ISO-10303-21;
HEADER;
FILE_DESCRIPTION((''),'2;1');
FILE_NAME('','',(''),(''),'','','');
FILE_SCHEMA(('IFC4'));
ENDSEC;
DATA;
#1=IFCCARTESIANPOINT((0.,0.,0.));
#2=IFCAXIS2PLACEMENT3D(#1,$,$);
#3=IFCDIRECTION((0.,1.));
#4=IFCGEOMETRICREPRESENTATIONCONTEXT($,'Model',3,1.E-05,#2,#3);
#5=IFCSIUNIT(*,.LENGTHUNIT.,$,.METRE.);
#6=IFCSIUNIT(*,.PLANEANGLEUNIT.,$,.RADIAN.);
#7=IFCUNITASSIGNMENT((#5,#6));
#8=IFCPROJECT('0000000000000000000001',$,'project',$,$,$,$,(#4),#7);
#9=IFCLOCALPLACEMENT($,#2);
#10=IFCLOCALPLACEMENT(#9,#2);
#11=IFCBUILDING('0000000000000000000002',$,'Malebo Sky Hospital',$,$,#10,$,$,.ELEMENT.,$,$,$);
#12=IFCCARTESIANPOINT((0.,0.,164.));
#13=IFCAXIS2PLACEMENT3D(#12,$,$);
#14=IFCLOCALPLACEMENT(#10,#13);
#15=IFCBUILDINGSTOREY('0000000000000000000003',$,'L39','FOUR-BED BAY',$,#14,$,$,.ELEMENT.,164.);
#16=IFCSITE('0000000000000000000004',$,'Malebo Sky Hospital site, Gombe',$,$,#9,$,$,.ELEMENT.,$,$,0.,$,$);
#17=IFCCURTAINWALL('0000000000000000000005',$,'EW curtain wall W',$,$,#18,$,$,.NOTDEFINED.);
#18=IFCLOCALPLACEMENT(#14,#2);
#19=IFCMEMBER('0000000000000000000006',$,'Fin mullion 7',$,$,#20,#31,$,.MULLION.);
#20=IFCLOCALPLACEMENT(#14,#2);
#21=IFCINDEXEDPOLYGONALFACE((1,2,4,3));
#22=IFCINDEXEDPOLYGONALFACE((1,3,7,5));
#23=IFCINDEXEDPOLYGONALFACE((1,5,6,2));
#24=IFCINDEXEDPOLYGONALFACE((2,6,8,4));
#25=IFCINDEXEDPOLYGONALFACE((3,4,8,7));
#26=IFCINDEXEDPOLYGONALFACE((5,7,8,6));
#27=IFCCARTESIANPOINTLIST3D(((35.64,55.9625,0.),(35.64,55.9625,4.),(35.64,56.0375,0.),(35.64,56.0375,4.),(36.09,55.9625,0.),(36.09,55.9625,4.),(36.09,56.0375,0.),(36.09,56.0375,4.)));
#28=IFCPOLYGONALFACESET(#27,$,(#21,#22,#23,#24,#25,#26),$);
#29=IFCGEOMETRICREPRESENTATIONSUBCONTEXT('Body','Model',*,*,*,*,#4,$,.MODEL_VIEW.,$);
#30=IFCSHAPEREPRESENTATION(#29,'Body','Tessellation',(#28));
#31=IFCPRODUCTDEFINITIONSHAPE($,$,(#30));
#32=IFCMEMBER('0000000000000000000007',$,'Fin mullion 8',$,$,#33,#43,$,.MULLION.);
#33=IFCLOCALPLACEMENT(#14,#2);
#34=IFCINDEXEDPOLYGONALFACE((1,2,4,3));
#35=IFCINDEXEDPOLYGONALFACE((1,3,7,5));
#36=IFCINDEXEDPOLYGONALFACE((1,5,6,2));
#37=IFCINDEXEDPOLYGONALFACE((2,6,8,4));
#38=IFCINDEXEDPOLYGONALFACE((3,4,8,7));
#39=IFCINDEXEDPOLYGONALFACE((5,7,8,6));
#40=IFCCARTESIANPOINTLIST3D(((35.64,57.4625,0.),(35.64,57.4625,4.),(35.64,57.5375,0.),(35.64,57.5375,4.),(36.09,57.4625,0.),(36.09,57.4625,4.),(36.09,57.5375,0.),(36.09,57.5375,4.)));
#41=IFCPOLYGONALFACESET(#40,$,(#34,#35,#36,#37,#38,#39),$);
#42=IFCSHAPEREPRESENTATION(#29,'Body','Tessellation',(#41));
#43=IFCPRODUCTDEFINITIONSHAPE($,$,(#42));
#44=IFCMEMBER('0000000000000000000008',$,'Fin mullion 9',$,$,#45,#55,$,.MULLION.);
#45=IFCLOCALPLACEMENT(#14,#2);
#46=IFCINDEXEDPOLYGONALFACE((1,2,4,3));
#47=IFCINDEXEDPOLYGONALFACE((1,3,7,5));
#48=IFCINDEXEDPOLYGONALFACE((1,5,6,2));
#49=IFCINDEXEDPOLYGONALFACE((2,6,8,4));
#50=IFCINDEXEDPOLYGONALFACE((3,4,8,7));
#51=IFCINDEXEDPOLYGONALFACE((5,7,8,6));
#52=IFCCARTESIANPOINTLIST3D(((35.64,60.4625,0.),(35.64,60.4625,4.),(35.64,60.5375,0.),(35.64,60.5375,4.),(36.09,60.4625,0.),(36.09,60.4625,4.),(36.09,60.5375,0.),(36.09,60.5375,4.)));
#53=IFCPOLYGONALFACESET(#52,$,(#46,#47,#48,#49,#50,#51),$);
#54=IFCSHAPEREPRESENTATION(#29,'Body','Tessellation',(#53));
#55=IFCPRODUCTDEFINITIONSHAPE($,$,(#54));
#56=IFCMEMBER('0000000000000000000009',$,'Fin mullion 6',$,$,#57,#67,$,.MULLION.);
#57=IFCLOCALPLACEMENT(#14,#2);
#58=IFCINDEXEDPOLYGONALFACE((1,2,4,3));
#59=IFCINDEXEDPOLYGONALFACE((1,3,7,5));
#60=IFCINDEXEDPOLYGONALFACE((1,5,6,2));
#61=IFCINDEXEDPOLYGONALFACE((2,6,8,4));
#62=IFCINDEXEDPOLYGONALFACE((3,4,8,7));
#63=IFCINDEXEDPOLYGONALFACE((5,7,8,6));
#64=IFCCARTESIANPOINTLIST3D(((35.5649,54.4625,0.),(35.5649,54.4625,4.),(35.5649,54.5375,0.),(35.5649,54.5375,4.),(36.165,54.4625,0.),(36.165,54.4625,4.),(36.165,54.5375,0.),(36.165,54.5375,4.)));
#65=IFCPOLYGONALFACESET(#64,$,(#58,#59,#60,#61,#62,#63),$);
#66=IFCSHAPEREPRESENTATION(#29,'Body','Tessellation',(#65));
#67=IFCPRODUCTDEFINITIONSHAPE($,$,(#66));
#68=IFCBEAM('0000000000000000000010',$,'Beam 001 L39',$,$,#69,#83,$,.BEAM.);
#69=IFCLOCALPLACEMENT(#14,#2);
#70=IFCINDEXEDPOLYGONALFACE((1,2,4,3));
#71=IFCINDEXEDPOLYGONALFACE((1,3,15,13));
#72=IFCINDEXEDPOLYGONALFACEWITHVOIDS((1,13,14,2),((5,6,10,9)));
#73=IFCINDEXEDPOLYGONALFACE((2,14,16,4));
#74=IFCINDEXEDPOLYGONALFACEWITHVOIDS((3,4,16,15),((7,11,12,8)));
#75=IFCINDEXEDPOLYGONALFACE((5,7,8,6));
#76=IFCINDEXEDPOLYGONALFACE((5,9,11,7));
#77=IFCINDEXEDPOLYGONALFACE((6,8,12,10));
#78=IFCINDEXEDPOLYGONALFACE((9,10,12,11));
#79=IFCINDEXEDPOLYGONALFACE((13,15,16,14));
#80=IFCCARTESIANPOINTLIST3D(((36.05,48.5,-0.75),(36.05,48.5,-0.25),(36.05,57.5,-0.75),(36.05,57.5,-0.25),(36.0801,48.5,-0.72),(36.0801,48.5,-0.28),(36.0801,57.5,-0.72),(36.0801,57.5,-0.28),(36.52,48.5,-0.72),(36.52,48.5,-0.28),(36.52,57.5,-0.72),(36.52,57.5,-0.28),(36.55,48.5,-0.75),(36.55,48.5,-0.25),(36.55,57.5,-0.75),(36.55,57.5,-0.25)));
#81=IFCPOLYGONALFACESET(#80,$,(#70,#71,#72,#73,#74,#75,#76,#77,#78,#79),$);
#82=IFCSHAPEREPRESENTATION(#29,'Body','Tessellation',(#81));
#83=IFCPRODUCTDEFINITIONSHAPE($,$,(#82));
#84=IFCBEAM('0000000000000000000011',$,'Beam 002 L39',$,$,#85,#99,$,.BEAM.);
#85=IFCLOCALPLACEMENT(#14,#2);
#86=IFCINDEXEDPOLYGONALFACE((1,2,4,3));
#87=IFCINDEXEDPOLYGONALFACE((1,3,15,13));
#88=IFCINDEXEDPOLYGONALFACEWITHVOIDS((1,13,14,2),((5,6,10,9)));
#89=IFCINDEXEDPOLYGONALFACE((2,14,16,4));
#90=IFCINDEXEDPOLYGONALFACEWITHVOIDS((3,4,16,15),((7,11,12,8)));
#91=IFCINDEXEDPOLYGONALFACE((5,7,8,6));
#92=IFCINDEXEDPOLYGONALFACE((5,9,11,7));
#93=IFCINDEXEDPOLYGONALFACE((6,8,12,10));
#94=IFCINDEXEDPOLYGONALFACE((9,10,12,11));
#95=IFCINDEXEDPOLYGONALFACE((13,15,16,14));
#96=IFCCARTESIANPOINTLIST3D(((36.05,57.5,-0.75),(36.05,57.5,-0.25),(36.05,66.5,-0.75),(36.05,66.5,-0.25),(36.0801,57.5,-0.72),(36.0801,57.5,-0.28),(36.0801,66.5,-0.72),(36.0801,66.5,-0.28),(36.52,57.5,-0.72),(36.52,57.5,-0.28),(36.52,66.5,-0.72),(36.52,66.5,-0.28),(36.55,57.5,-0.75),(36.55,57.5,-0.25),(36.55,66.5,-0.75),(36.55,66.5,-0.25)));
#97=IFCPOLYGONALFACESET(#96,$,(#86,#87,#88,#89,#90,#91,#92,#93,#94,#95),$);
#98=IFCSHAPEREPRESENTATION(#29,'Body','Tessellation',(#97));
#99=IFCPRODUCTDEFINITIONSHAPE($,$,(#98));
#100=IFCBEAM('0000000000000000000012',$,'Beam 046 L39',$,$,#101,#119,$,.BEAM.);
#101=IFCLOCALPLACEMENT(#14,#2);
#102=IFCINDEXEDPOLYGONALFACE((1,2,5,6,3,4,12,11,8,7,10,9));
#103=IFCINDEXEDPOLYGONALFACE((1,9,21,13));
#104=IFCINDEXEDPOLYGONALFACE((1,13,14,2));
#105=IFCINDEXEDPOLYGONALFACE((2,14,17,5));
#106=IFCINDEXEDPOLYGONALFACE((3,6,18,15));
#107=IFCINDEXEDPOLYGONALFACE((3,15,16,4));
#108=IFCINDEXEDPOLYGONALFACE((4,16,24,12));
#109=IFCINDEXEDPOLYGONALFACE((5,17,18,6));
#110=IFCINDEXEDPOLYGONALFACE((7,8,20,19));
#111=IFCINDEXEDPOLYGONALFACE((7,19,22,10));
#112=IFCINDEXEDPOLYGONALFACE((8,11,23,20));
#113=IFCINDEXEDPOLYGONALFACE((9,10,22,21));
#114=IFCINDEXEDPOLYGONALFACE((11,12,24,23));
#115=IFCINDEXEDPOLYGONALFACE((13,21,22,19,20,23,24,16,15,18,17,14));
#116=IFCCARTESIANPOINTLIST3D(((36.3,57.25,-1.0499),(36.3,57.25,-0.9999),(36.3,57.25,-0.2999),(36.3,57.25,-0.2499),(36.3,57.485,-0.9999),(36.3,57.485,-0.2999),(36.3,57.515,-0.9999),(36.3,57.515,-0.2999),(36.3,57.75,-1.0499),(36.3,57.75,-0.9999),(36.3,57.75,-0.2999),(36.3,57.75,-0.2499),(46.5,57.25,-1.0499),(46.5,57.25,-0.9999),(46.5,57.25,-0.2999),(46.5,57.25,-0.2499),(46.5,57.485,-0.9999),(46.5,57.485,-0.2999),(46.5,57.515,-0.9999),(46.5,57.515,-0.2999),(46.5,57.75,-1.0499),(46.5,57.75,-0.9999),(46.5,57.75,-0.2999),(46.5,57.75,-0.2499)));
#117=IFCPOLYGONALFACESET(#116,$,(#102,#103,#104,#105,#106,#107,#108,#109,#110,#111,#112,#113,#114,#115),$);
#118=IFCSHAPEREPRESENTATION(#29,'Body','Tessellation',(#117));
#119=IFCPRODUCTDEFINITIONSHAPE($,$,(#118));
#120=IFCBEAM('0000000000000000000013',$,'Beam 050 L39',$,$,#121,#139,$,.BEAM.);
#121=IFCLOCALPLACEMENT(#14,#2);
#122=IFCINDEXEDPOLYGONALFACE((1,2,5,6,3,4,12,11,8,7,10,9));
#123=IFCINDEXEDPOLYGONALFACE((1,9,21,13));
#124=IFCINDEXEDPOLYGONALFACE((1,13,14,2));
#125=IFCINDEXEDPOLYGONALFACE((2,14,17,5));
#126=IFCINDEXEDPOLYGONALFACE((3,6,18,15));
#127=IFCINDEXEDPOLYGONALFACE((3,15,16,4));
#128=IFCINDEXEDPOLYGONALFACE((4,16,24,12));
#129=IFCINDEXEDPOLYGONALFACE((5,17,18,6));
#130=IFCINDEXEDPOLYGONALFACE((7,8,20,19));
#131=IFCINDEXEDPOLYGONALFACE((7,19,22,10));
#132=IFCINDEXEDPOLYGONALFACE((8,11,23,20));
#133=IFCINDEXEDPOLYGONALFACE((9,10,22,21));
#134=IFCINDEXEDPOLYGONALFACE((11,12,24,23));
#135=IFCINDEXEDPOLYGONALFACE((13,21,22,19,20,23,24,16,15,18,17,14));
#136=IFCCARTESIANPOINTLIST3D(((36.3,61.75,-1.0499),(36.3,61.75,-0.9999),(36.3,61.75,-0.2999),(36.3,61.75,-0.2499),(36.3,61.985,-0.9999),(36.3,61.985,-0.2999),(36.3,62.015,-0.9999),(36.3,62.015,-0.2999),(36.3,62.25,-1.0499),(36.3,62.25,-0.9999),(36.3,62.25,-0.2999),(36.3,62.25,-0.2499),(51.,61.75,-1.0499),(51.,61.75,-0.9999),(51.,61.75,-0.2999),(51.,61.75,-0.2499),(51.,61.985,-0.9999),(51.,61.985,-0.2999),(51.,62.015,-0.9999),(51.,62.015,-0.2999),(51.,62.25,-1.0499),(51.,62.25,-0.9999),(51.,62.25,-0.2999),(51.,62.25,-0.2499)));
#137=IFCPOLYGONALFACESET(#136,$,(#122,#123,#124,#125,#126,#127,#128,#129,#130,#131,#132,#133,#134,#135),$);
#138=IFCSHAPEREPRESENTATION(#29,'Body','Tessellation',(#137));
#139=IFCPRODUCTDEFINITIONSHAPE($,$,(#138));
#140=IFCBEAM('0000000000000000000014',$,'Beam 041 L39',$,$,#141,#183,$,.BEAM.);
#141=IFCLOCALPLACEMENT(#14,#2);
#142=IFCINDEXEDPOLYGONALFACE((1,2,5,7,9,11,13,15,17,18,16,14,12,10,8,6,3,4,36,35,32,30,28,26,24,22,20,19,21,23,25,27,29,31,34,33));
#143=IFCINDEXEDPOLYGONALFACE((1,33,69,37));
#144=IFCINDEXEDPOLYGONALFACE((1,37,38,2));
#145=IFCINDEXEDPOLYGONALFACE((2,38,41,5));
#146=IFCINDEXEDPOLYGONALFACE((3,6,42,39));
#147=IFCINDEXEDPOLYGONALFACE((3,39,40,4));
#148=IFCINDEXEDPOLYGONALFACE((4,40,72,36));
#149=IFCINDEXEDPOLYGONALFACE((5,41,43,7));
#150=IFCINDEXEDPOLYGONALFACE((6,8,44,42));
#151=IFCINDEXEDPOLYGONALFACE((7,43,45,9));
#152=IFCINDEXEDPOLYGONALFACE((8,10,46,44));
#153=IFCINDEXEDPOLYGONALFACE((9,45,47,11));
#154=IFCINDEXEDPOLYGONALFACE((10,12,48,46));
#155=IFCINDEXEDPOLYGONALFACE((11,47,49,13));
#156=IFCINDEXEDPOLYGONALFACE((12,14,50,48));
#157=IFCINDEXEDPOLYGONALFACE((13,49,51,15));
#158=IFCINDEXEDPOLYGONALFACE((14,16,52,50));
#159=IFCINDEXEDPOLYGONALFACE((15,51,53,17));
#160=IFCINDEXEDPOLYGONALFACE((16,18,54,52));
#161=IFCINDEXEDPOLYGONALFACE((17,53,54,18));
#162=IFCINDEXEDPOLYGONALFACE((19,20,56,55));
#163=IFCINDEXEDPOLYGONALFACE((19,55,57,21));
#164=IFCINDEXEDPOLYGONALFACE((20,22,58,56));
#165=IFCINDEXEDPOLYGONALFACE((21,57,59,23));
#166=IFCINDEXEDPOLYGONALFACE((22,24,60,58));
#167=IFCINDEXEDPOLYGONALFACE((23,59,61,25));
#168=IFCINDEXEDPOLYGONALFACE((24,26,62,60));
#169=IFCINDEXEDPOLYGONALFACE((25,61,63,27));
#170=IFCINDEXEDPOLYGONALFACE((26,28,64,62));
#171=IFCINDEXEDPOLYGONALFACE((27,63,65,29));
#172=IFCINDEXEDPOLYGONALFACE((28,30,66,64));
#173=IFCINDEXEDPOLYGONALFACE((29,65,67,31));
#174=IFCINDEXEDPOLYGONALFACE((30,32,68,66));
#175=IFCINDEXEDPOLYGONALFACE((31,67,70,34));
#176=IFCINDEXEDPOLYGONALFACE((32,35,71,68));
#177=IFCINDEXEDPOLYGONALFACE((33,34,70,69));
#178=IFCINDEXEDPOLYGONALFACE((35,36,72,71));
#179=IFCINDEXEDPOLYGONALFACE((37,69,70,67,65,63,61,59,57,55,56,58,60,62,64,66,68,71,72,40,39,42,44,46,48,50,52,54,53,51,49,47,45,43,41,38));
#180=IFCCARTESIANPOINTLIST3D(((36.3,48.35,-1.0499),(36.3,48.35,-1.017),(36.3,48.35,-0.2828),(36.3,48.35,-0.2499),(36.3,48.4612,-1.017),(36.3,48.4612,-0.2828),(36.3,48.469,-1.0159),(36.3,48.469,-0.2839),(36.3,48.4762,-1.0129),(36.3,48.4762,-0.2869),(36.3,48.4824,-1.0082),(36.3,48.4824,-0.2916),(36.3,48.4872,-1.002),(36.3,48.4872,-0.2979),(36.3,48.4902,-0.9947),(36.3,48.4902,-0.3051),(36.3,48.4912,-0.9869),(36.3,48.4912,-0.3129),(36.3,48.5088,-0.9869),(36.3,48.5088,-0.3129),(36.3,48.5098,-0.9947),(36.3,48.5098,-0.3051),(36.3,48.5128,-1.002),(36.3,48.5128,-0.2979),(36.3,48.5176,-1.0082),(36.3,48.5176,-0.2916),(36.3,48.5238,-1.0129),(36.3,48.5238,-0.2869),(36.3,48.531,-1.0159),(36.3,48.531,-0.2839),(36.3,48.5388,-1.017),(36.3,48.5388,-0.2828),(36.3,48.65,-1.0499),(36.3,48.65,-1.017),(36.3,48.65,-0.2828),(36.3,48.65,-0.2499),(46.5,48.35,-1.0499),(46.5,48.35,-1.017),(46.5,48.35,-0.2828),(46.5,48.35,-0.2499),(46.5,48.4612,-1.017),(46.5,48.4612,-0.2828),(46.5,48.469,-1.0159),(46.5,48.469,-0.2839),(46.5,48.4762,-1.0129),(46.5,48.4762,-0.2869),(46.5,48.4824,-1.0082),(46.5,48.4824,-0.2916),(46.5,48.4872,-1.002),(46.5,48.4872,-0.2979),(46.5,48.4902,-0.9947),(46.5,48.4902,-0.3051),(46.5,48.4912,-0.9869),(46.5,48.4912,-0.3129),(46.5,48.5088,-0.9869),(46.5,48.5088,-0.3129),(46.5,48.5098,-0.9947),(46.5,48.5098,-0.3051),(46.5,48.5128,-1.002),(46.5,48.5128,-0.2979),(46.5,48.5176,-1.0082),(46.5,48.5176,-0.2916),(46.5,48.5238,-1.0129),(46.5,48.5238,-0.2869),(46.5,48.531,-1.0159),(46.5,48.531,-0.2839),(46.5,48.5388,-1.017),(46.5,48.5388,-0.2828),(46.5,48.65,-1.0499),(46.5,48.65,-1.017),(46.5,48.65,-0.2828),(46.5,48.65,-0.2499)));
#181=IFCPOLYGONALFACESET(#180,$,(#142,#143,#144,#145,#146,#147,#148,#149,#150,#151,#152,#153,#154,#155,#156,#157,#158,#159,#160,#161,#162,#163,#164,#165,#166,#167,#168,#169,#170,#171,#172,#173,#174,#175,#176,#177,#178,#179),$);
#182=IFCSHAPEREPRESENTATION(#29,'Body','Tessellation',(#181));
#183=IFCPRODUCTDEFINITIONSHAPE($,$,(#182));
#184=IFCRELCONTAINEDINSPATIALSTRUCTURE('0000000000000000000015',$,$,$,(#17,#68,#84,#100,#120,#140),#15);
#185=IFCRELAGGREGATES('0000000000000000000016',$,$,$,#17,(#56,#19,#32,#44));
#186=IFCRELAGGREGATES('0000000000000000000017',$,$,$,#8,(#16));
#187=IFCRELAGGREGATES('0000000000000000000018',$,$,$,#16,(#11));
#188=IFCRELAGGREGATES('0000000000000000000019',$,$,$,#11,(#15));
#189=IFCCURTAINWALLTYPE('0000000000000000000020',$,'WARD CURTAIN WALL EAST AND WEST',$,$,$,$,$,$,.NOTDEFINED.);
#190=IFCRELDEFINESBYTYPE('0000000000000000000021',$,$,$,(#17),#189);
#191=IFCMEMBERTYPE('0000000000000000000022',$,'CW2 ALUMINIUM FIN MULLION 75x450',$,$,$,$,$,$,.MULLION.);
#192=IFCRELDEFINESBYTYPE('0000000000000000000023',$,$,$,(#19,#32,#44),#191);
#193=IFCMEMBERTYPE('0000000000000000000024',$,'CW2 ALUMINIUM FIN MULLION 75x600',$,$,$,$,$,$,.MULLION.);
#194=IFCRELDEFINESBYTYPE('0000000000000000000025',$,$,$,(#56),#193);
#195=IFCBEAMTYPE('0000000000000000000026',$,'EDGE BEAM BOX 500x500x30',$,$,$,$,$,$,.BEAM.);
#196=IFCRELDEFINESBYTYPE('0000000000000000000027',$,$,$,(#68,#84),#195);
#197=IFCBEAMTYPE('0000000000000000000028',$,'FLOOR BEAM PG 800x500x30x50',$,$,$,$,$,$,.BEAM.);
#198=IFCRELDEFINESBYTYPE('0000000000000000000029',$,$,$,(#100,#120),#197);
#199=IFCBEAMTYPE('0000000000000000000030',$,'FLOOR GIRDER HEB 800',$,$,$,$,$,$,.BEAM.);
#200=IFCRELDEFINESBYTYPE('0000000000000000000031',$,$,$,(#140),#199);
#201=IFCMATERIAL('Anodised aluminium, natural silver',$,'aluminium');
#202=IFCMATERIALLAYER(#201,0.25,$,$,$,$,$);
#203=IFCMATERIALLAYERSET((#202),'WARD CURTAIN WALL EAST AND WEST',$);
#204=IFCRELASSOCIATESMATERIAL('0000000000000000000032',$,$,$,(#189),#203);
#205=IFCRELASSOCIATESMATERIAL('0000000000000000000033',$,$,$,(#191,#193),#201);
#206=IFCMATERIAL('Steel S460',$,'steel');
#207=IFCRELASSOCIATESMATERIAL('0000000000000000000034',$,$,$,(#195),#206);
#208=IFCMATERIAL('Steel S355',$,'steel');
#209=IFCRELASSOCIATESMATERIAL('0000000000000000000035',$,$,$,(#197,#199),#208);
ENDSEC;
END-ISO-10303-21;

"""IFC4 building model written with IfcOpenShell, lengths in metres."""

from ifc_helpers import new_model, si_unit, direction, frame, origin, origin_2d, place, context, subcontext, project, spatial, rectangle, hollow_rectangle, i_section, extrude, material, layer, layer_set, material_profile, profile_set, type_object, element, aggregate, save


model = new_model("IFC4")

# Units and contexts
model_context = context("Model", 3, precision=1e-05, world=origin(), true_north=direction((0.0, 1.0)))
body_context = subcontext(model_context, "Body", "Model", "MODEL_VIEW")
ifc_project = project(units=[si_unit("LENGTHUNIT", "METRE"), si_unit("PLANEANGLEUNIT", "RADIAN")], contexts=[model_context])

# Site, building, storey
site_placement = place(None, origin())
site = spatial("IfcSite", under=ifc_project, at=site_placement, Name="Malebo Sky Hospital site, Gombe", CompositionType="ELEMENT", RefElevation=0.0)
building_placement = place(site_placement, origin())
building = spatial("IfcBuilding", under=site, at=building_placement, Name="Malebo Sky Hospital", CompositionType="ELEMENT")
storey_placement = place(building_placement, frame((0.0, 0.0, 164.0)))
storey = spatial("IfcBuildingStorey", under=building, at=storey_placement, Name="L39", Description="FOUR-BED BAY", CompositionType="ELEMENT", Elevation=164.0)

# Shared definitions
ifc_material_1 = material(Name="Steel S460", Category="steel")

# Curtain wall
ifc_material_2 = material(Name="Anodised aluminium, natural silver", Category="aluminium")
ifc_layer_1 = layer(ifc_material_2, 0.25)
ifc_layer_set_1 = layer_set([ifc_layer_1], Name="WARD CURTAIN WALL EAST AND WEST")
curtain_wall_type = type_object("IfcCurtainWallType", Name="WARD CURTAIN WALL EAST AND WEST", PredefinedType="NOTDEFINED", material=ifc_layer_set_1)
curtain_wall_placement = place(storey_placement, origin())
curtain_wall = element("IfcCurtainWall", 1, at=curtain_wall_placement, inside=storey, type_object=curtain_wall_type, Name="EW curtain wall W", PredefinedType="NOTDEFINED")

# Members
ifc_material_3 = material(Name="Steel S355", Category="steel")
ifc_material_profile_1 = material_profile(ifc_material_2, rectangle(XDim=0.075, YDim=0.45, at=origin_2d()), Name="CW2 ALUMINIUM FIN MULLION 75x450")
ifc_profile_set_1 = profile_set([ifc_material_profile_1], Name="Anodised aluminium, natural silver")
member_type_1 = type_object("IfcMemberType", Name="CW2 ALUMINIUM FIN MULLION 75x450", PredefinedType="MULLION", material=ifc_profile_set_1)
member_1_placement = place(storey_placement, frame((35.865, 56.0, 0.0), z_axis=(0.0, 0.0, 1.0), x_axis=(0.0, 1.0, 0.0)))
member_1 = element("IfcMember", 2, at=member_1_placement, type_object=member_type_1, Name="Fin mullion 7", PredefinedType="MULLION", context=body_context, shape_type="SweptSolid", body=[
    extrude(rectangle(XDim=0.075, YDim=0.45, at=origin_2d()), origin(), (0.0, 0.0, 1.0), 4.0),
])
member_2_placement = place(storey_placement, frame((35.865, 57.5, 0.0), z_axis=(0.0, 0.0, 1.0), x_axis=(0.0, 1.0, 0.0)))
member_2 = element("IfcMember", 3, at=member_2_placement, type_object=member_type_1, Name="Fin mullion 8", PredefinedType="MULLION", context=body_context, shape_type="SweptSolid", body=[
    extrude(rectangle(XDim=0.075, YDim=0.45, at=origin_2d()), origin(), (0.0, 0.0, 1.0), 4.0),
])
member_3_placement = place(storey_placement, frame((35.865, 60.5, 0.0), z_axis=(0.0, 0.0, 1.0), x_axis=(0.0, 1.0, 0.0)))
member_3 = element("IfcMember", 4, at=member_3_placement, type_object=member_type_1, Name="Fin mullion 9", PredefinedType="MULLION", context=body_context, shape_type="SweptSolid", body=[
    extrude(rectangle(XDim=0.075, YDim=0.45, at=origin_2d()), origin(), (0.0, 0.0, 1.0), 4.0),
])
ifc_material_profile_2 = material_profile(ifc_material_2, rectangle(XDim=0.075, YDim=0.6001, at=origin_2d()), Name="CW2 ALUMINIUM FIN MULLION 75x600")
ifc_profile_set_2 = profile_set([ifc_material_profile_2], Name="Anodised aluminium, natural silver")
member_type_2 = type_object("IfcMemberType", Name="CW2 ALUMINIUM FIN MULLION 75x600", PredefinedType="MULLION", material=ifc_profile_set_2)
member_4_placement = place(storey_placement, frame((35.865, 54.5, 0.0), z_axis=(0.0, 0.0, 1.0), x_axis=(0.0, 1.0, 0.0)))
member_4 = element("IfcMember", 5, at=member_4_placement, type_object=member_type_2, Name="Fin mullion 6", PredefinedType="MULLION", context=body_context, shape_type="SweptSolid", body=[
    extrude(rectangle(XDim=0.075, YDim=0.6001, at=origin_2d()), origin(), (0.0, 0.0, 1.0), 4.0),
])

# Beams
ifc_material_profile_3 = material_profile(ifc_material_1, hollow_rectangle(XDim=0.5, YDim=0.5, WallThickness=0.03, at=origin_2d()), Name="BOX 500x500x30")
ifc_profile_set_3 = profile_set([ifc_material_profile_3], Name="Steel S460")
beam_type_1 = type_object("IfcBeamType", Name="EDGE BEAM BOX 500x500x30", PredefinedType="BEAM", material=ifc_profile_set_3)
for number, where, z_axis, x_axis, name in (
    (6, (36.3, 48.5, -0.5), (0.0, 1.0, 0.0), (-1.0, 0.0, 0.0), "Beam 001 L39"),
    (7, (36.3, 57.5, -0.5), (0.0, 1.0, 0.0), (-1.0, 0.0, 0.0), "Beam 002 L39"),
):
    element("IfcBeam", number, at=place(storey_placement, frame(where, z_axis=z_axis, x_axis=x_axis)), inside=storey, type_object=beam_type_1, Name=name, PredefinedType="BEAM", context=body_context, shape_type="SweptSolid", body=[
        extrude(hollow_rectangle(XDim=0.5, YDim=0.5, WallThickness=0.03, at=origin_2d()), origin(), (0.0, 0.0, 1.0), 9.0),
    ])
ifc_material_profile_4 = material_profile(ifc_material_3, i_section(OverallWidth=0.5, OverallDepth=0.8, WebThickness=0.03, FlangeThickness=0.05, at=origin_2d()), Name="PG 800x500x30x50")
ifc_profile_set_4 = profile_set([ifc_material_profile_4], Name="Steel S355")
beam_type_2 = type_object("IfcBeamType", Name="FLOOR BEAM PG 800x500x30x50", PredefinedType="BEAM", material=ifc_profile_set_4)
beam_1_placement = place(storey_placement, frame((36.3, 57.5, -0.6499), z_axis=(1.0, 0.0, 0.0), x_axis=(0.0, 1.0, 0.0)))
element("IfcBeam", 8, at=beam_1_placement, inside=storey, type_object=beam_type_2, Name="Beam 046 L39", PredefinedType="BEAM", context=body_context, shape_type="SweptSolid", body=[
    extrude(i_section(OverallWidth=0.5, OverallDepth=0.8, WebThickness=0.03, FlangeThickness=0.05, at=origin_2d()), origin(), (0.0, 0.0, 1.0), 10.2),
])
beam_2_placement = place(storey_placement, frame((36.3, 62.0, -0.6499), z_axis=(1.0, 0.0, 0.0), x_axis=(0.0, 1.0, 0.0)))
element("IfcBeam", 9, at=beam_2_placement, inside=storey, type_object=beam_type_2, Name="Beam 050 L39", PredefinedType="BEAM", context=body_context, shape_type="SweptSolid", body=[
    extrude(i_section(OverallWidth=0.5, OverallDepth=0.8, WebThickness=0.03, FlangeThickness=0.05, at=origin_2d()), origin(), (0.0, 0.0, 1.0), 14.7),
])
ifc_material_profile_5 = material_profile(ifc_material_3, i_section(OverallWidth=0.3, OverallDepth=0.8, WebThickness=0.0176, FlangeThickness=0.033, FilletRadius=0.03, at=origin_2d()), Name="HEB 800")
ifc_profile_set_5 = profile_set([ifc_material_profile_5], Name="Steel S355")
beam_type_3 = type_object("IfcBeamType", Name="FLOOR GIRDER HEB 800", PredefinedType="BEAM", material=ifc_profile_set_5)
beam_3_placement = place(storey_placement, frame((36.3, 48.5, -0.6499), z_axis=(1.0, 0.0, 0.0), x_axis=(0.0, 1.0, 0.0)))
element("IfcBeam", 10, at=beam_3_placement, inside=storey, type_object=beam_type_3, Name="Beam 041 L39", PredefinedType="BEAM", context=body_context, shape_type="SweptSolid", body=[
    extrude(i_section(OverallWidth=0.3, OverallDepth=0.8, WebThickness=0.0176, FlangeThickness=0.033, FilletRadius=0.03, at=origin_2d()), origin(), (0.0, 0.0, 1.0), 10.2),
])

aggregate(curtain_wall, [member_4, member_1, member_2, member_3])

save(model, "model.ifc")
